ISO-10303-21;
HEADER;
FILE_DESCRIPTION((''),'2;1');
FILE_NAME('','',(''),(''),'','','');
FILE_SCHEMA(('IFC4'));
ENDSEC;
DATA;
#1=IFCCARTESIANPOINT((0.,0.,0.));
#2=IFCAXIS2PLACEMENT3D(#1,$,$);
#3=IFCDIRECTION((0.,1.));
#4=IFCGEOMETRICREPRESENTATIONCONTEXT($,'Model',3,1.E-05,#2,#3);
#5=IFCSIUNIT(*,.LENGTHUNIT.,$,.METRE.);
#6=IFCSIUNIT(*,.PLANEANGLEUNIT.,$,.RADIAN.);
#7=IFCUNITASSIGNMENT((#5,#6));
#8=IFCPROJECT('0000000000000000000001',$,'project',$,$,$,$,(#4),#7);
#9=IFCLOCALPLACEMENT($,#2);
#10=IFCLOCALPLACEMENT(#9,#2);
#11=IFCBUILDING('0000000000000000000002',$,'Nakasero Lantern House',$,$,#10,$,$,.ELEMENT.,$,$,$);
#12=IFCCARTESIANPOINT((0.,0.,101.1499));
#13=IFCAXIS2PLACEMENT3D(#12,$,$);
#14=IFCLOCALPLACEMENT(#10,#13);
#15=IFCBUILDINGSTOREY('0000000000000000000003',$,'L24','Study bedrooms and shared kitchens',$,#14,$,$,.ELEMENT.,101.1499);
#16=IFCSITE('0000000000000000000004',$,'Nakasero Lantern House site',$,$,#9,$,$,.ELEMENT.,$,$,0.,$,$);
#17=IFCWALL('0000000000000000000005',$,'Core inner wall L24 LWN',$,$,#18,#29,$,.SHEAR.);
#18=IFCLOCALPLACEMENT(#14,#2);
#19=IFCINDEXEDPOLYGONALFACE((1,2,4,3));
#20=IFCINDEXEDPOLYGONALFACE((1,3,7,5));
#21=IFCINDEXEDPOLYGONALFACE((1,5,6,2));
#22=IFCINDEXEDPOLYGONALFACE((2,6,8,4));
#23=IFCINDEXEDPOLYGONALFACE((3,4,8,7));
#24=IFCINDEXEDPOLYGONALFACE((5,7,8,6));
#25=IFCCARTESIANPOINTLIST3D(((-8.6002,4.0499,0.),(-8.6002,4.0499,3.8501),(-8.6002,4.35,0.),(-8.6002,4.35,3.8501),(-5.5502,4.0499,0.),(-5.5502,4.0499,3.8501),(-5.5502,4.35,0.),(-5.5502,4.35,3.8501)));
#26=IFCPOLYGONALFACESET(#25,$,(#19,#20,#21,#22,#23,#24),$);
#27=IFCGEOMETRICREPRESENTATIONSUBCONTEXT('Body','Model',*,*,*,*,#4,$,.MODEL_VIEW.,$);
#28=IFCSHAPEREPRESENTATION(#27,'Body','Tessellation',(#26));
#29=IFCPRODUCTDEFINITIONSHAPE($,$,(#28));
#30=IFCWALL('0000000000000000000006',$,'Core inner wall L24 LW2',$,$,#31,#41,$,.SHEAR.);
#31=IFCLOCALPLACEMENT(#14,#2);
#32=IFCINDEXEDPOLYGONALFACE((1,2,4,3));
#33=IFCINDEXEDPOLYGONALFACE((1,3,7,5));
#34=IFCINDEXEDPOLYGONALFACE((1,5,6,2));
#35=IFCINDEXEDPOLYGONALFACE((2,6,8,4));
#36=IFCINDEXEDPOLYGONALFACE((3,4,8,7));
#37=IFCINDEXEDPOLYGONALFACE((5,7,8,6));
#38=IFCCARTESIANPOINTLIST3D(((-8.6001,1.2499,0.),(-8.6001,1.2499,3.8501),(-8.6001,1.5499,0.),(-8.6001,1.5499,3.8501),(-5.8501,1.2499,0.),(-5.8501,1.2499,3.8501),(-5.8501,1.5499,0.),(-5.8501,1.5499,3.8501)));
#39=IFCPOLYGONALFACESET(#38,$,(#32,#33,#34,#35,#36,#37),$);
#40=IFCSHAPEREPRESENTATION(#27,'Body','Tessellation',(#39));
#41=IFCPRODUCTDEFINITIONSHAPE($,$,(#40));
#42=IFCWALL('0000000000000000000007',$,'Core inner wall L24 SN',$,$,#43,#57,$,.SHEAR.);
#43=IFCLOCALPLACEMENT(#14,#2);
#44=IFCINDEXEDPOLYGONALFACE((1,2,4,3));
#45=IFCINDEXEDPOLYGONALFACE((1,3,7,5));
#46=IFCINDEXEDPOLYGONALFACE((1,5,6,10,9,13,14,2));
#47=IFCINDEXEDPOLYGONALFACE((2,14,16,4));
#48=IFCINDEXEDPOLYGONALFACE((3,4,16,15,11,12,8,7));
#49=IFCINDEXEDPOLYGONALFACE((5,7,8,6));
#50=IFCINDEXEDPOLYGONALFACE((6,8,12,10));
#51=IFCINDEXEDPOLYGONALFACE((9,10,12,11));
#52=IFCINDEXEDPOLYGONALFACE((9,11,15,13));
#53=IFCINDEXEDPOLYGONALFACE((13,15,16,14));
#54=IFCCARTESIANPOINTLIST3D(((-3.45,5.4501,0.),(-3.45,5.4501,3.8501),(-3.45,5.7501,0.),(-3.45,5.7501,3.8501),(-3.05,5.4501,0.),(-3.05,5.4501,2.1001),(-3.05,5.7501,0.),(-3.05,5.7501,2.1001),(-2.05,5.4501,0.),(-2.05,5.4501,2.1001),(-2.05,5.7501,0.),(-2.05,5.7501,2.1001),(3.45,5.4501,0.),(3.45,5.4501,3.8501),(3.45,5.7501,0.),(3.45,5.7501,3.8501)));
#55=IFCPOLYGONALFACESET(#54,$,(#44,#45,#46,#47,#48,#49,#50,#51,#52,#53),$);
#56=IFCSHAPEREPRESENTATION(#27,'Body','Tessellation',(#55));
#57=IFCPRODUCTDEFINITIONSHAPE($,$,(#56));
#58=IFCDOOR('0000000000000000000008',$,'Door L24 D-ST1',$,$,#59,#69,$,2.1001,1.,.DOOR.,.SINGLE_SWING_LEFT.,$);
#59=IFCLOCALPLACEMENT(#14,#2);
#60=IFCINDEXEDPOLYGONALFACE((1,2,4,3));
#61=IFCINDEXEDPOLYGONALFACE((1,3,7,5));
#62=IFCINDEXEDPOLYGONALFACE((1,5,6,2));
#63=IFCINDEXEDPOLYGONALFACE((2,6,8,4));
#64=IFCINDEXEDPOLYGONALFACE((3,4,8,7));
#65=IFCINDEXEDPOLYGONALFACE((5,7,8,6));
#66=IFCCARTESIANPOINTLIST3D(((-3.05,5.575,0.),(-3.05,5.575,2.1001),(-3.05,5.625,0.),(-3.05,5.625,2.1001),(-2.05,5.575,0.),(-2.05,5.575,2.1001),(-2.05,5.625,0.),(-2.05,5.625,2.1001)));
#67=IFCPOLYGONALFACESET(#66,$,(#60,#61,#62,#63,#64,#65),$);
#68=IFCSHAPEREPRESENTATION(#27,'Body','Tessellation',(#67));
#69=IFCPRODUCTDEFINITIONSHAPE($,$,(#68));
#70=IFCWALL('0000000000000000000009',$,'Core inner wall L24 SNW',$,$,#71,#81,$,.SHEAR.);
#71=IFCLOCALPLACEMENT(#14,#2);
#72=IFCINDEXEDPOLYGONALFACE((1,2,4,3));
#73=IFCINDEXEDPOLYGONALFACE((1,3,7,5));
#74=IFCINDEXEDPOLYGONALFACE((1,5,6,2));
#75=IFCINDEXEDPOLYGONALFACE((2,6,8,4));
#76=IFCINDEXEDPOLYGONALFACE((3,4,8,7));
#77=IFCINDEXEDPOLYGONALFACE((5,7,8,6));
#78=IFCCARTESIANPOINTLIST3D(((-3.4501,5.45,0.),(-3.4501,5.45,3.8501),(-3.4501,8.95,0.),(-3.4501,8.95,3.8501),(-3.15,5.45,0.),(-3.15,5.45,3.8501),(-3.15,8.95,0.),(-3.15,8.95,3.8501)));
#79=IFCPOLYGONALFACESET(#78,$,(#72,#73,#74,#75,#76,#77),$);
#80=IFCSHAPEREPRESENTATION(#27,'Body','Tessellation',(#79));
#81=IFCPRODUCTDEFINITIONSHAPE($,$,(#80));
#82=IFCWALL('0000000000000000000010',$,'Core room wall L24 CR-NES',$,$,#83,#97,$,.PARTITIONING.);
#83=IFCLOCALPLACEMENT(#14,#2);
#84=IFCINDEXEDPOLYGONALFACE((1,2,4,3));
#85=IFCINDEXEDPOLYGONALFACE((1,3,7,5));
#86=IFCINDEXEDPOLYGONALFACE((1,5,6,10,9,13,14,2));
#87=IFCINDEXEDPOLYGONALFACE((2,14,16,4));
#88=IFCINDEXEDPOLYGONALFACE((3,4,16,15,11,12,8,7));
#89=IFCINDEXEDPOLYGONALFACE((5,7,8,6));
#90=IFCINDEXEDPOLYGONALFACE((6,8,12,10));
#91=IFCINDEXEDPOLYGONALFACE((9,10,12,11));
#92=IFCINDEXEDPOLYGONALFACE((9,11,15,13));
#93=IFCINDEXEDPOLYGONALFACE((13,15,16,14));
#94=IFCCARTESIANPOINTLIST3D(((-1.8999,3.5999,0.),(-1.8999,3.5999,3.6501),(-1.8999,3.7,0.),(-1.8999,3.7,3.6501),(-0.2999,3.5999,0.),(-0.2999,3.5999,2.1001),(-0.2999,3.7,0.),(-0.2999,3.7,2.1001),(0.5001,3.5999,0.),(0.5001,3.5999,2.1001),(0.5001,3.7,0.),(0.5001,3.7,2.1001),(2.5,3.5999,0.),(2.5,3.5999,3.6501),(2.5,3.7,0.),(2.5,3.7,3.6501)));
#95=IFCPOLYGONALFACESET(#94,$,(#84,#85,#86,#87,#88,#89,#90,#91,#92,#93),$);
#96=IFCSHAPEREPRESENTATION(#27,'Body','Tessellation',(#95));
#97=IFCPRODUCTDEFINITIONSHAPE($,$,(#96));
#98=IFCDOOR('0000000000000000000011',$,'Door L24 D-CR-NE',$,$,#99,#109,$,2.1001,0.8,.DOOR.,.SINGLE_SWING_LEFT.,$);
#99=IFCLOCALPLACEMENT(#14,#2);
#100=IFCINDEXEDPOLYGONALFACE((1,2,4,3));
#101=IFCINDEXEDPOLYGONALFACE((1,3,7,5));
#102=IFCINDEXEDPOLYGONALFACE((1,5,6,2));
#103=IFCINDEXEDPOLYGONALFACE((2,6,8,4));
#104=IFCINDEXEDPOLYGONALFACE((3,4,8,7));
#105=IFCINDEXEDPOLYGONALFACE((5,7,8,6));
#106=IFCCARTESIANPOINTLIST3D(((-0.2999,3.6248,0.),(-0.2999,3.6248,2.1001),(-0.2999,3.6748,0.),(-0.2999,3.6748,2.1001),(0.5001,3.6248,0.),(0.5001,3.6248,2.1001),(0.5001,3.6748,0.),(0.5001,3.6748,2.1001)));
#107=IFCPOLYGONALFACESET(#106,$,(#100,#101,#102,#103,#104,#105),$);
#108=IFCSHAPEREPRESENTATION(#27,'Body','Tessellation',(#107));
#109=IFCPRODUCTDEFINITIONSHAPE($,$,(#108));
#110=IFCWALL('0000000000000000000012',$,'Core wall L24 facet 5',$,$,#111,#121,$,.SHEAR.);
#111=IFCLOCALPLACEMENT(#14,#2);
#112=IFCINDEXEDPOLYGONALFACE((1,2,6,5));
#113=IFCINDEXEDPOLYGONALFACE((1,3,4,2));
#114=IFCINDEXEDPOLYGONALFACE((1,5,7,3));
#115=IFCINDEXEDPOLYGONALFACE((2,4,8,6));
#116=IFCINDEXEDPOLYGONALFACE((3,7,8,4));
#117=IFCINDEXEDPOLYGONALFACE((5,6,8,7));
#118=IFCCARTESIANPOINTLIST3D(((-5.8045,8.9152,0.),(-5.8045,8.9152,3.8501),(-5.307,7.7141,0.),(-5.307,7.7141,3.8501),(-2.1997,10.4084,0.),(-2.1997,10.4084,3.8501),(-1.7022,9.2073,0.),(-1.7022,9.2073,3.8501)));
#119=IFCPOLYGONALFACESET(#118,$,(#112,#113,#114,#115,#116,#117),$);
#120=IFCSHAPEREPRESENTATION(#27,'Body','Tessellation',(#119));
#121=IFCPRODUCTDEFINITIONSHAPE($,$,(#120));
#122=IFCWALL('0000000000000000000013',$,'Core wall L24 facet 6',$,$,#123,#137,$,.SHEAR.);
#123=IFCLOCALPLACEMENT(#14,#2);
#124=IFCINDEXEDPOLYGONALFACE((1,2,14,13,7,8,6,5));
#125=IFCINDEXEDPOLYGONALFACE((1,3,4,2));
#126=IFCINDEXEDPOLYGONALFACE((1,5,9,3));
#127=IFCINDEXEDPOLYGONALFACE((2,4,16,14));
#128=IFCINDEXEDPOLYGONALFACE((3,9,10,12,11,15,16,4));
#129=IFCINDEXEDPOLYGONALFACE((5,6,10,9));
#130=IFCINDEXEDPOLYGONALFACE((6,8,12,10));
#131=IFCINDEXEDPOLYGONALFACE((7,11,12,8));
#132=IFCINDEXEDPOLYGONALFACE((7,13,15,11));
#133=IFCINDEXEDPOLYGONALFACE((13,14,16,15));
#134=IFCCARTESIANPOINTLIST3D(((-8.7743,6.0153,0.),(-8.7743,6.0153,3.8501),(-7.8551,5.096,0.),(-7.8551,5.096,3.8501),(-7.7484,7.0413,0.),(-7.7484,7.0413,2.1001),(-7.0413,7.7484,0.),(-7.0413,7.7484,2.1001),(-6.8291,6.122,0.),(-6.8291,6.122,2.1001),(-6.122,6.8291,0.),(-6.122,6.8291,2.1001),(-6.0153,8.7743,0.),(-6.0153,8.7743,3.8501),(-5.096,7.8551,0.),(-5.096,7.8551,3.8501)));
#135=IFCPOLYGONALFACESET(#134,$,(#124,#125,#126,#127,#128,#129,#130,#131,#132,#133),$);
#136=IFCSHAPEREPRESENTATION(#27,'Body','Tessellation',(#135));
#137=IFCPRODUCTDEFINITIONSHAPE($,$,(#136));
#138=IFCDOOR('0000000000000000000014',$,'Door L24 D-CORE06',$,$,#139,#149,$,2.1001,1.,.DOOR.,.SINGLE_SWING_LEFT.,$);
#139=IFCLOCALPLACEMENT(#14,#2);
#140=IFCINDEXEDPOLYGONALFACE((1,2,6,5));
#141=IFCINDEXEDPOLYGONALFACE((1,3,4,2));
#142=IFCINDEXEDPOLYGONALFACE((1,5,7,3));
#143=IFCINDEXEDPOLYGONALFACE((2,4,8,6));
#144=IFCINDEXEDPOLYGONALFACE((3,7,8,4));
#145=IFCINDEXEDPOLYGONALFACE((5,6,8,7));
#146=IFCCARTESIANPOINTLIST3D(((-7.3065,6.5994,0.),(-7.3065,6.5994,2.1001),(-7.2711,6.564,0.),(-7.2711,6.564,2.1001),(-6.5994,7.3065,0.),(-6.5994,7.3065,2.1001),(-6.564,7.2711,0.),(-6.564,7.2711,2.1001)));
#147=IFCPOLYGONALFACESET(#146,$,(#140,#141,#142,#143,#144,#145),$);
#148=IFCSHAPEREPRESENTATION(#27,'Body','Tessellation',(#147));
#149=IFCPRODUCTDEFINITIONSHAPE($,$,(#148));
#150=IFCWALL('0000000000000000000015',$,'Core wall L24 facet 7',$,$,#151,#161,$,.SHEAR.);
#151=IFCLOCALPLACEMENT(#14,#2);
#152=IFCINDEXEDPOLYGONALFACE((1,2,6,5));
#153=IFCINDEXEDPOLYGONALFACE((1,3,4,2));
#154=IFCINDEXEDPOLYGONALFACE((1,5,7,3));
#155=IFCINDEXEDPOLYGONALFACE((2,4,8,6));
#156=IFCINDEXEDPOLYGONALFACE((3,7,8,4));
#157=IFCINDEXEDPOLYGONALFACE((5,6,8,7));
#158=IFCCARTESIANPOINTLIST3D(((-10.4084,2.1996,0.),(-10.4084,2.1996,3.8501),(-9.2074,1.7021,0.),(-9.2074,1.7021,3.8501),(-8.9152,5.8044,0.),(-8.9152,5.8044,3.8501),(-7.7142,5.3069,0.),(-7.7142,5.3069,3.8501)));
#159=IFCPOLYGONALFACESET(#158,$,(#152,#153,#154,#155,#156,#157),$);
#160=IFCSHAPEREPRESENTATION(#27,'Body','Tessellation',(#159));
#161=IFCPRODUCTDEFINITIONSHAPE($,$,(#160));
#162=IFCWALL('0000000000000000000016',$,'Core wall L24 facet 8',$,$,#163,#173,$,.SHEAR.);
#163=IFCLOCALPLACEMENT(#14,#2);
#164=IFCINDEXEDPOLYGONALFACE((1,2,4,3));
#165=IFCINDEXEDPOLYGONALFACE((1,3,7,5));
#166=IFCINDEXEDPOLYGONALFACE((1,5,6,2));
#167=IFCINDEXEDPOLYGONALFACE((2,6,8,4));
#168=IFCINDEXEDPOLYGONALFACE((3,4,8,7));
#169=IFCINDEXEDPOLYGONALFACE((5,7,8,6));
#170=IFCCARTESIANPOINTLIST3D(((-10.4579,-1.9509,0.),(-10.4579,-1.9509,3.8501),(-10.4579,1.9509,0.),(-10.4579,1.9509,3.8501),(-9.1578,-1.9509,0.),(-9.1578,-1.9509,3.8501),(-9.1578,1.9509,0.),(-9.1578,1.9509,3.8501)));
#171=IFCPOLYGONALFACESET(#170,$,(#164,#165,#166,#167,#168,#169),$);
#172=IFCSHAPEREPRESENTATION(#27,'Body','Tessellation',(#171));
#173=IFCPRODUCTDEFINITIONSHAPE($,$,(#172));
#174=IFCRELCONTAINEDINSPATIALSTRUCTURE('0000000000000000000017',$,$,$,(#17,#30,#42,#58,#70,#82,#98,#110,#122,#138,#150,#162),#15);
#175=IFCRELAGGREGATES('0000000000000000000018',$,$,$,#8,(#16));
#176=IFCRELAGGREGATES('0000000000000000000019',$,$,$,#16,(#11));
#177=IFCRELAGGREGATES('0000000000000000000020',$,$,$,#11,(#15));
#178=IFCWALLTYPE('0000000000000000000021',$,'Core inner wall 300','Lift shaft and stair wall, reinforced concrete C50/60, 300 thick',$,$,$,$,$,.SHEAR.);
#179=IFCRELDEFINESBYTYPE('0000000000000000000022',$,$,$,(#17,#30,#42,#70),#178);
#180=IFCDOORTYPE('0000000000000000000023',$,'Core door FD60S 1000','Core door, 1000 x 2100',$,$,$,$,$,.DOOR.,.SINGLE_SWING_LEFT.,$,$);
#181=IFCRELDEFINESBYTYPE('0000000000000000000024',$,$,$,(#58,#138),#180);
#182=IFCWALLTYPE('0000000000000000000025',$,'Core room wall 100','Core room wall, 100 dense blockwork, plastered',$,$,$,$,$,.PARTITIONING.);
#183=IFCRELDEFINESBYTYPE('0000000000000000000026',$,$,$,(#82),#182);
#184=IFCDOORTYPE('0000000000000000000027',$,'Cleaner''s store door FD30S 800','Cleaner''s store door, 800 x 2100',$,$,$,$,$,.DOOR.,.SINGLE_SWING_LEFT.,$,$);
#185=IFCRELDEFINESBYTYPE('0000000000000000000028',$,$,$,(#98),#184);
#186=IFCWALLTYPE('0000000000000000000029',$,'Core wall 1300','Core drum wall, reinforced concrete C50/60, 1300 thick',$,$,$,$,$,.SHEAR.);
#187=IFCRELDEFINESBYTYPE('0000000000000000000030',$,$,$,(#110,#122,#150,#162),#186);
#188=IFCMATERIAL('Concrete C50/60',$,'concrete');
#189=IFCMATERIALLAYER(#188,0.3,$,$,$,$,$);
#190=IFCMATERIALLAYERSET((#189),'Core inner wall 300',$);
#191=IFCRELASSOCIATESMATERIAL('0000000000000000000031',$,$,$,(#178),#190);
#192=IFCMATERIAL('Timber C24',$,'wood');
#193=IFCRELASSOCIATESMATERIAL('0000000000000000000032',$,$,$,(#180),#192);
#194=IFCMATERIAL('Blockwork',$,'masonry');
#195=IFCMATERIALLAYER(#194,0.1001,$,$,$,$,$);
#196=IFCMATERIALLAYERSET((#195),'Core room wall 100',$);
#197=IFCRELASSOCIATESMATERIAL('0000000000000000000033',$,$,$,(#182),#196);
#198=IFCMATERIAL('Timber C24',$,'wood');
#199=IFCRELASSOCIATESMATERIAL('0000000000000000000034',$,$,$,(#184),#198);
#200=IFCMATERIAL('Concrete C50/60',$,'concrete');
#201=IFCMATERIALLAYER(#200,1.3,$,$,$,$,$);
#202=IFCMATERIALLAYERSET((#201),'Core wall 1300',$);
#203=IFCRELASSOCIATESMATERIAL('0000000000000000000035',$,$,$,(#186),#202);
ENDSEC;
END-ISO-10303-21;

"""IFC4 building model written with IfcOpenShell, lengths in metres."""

from ifc_helpers import new_model, si_unit, direction, frame, frame_2d, origin, place, context, subcontext, project, spatial, rectangle, extrude, material, layer, layer_set, type_object, element, fill, save


model = new_model("IFC4")

# Units and contexts
model_context = context("Model", 3, precision=1e-05, world=origin(), true_north=direction((0.0, 1.0)))
body_context = subcontext(model_context, "Body", "Model", "MODEL_VIEW")
ifc_project = project(units=[si_unit("LENGTHUNIT", "METRE"), si_unit("PLANEANGLEUNIT", "RADIAN")], contexts=[model_context])

# Site, building, storey
site_placement = place(None, origin())
site = spatial("IfcSite", under=ifc_project, at=site_placement, Name="Nakasero Lantern House site", CompositionType="ELEMENT", RefElevation=0.0)
building_placement = place(site_placement, origin())
building = spatial("IfcBuilding", under=site, at=building_placement, Name="Nakasero Lantern House", CompositionType="ELEMENT")
storey_placement = place(building_placement, frame((0.0, 0.0, 101.1499)))
storey = spatial("IfcBuildingStorey", under=building, at=storey_placement, Name="L24", Description="Study bedrooms and shared kitchens", CompositionType="ELEMENT", Elevation=101.1499)

# Walls
ifc_material_1 = material(Name="Concrete C50/60", Category="concrete")
ifc_layer_1 = layer(ifc_material_1, 0.3)
ifc_layer_set_1 = layer_set([ifc_layer_1], Name="Core inner wall 300")
wall_type_1 = type_object("IfcWallType", Name="Core inner wall 300", Description="Lift shaft and stair wall, reinforced concrete C50/60, 300 thick", PredefinedType="SHEAR", material=ifc_layer_set_1)
wall_1_placement = place(storey_placement, frame((-8.6001, 4.2, 0.0), z_axis=(0.0, 0.0, 1.0), x_axis=(1.0, 0.0, 0.0)))
element("IfcWall", 1, at=wall_1_placement, inside=storey, type_object=wall_type_1, Name="Core inner wall L24 LWN", PredefinedType="SHEAR", context=body_context, shape_type="SweptSolid", body=[
    extrude(rectangle(XDim=3.05, YDim=0.3, at=frame_2d((1.5249, 0.0))), origin(), (0.0, 0.0, 1.0), 3.8501),
])
wall_2_placement = place(storey_placement, frame((-8.6001, 1.3999, 0.0), z_axis=(0.0, 0.0, 1.0), x_axis=(1.0, 0.0, 0.0)))
element("IfcWall", 2, at=wall_2_placement, inside=storey, type_object=wall_type_1, Name="Core inner wall L24 LW2", PredefinedType="SHEAR", context=body_context, shape_type="SweptSolid", body=[
    extrude(rectangle(XDim=2.75, YDim=0.3, at=frame_2d((1.375, 0.0))), origin(), (0.0, 0.0, 1.0), 3.8501),
])

# Wall, opening, door
wall_3_placement = place(storey_placement, frame((-3.45, 5.6001, 0.0), z_axis=(0.0, 0.0, 1.0), x_axis=(1.0, 0.0, 0.0)))
wall_3 = element("IfcWall", 3, at=wall_3_placement, inside=storey, type_object=wall_type_1, Name="Core inner wall L24 SN", PredefinedType="SHEAR", context=body_context, shape_type="SweptSolid", body=[
    extrude(rectangle(XDim=6.8999, YDim=0.3, at=frame_2d((3.45, 0.0))), origin(), (0.0, 0.0, 1.0), 3.8501),
])
opening_1_placement = place(wall_3_placement, frame((0.3999, 0.0, 0.0)))
opening_1 = element("IfcOpeningElement", 4, at=opening_1_placement, cuts=wall_3, PredefinedType="OPENING", context=body_context, shape_type="SweptSolid", body=[
    extrude(rectangle(XDim=1.0, YDim=2.1001, at=frame_2d((0.5, 1.05))), frame((0.0, 0.1699, 0.0), z_axis=(0.0, -1.0, 0.0), x_axis=(1.0, 0.0, 0.0)), (0.0, 0.0, 1.0), 0.3401),
])
ifc_material_2 = material(Name="Timber C24", Category="wood")
door_type_1 = type_object("IfcDoorType", Name="Core door FD60S 1000", Description="Core door, 1000 x 2100", OperationType="SINGLE_SWING_LEFT", PredefinedType="DOOR", material=ifc_material_2)
door_1_placement = place(opening_1_placement, origin())
door_1 = element("IfcDoor", 5, at=door_1_placement, inside=storey, type_object=door_type_1, Name="Door L24 D-ST1", OperationType="SINGLE_SWING_LEFT", OverallHeight=2.1001, OverallWidth=1.0, PredefinedType="DOOR", context=body_context, shape_type="SweptSolid", body=[
    extrude(rectangle(XDim=1.0, YDim=2.1001, at=frame_2d((0.5, 1.05))), frame((0.0, 0.0249, 0.0), z_axis=(0.0, -1.0, 0.0), x_axis=(1.0, 0.0, 0.0)), (0.0, 0.0, 1.0), 0.05),
])
fill(opening_1, door_1)

# Wall
wall_4_placement = place(storey_placement, frame((-3.3, 5.45, 0.0), z_axis=(0.0, 0.0, 1.0), x_axis=(0.0, 1.0, 0.0)))
element("IfcWall", 6, at=wall_4_placement, inside=storey, type_object=wall_type_1, Name="Core inner wall L24 SNW", PredefinedType="SHEAR", context=body_context, shape_type="SweptSolid", body=[
    extrude(rectangle(XDim=3.5, YDim=0.3, at=frame_2d((1.75, 0.0))), origin(), (0.0, 0.0, 1.0), 3.8501),
])

# Wall, opening, door
ifc_material_3 = material(Name="Blockwork", Category="masonry")
ifc_layer_2 = layer(ifc_material_3, 0.1001)
ifc_layer_set_2 = layer_set([ifc_layer_2], Name="Core room wall 100")
wall_type_2 = type_object("IfcWallType", Name="Core room wall 100", Description="Core room wall, 100 dense blockwork, plastered", PredefinedType="PARTITIONING", material=ifc_layer_set_2)
wall_5_placement = place(storey_placement, frame((-1.8999, 3.6499, 0.0), z_axis=(0.0, 0.0, 1.0), x_axis=(1.0, 0.0, 0.0)))
wall_5 = element("IfcWall", 7, at=wall_5_placement, inside=storey, type_object=wall_type_2, Name="Core room wall L24 CR-NES", PredefinedType="PARTITIONING", context=body_context, shape_type="SweptSolid", body=[
    extrude(rectangle(XDim=4.3999, YDim=0.1001, at=frame_2d((2.2, 0.0))), origin(), (0.0, 0.0, 1.0), 3.6501),
])
opening_2_placement = place(wall_5_placement, frame((1.6001, 0.0, 0.0)))
opening_2 = element("IfcOpeningElement", 8, at=opening_2_placement, cuts=wall_5, PredefinedType="OPENING", context=body_context, shape_type="SweptSolid", body=[
    extrude(rectangle(XDim=0.8, YDim=2.1001, at=frame_2d((0.3999, 1.05))), frame((0.0, 0.0701, 0.0), z_axis=(0.0, -1.0, 0.0), x_axis=(1.0, 0.0, 0.0)), (0.0, 0.0, 1.0), 0.1401),
])
ifc_material_4 = material(Name="Timber C24", Category="wood")
door_type_2 = type_object("IfcDoorType", Name="Cleaner's store door FD30S 800", Description="Cleaner's store door, 800 x 2100", OperationType="SINGLE_SWING_LEFT", PredefinedType="DOOR", material=ifc_material_4)
door_2_placement = place(opening_2_placement, origin())
door_2 = element("IfcDoor", 9, at=door_2_placement, inside=storey, type_object=door_type_2, Name="Door L24 D-CR-NE", OperationType="SINGLE_SWING_LEFT", OverallHeight=2.1001, OverallWidth=0.8, PredefinedType="DOOR", context=body_context, shape_type="SweptSolid", body=[
    extrude(rectangle(XDim=0.8, YDim=2.1001, at=frame_2d((0.3999, 1.05))), frame((0.0, 0.0249, 0.0), z_axis=(0.0, -1.0, 0.0), x_axis=(1.0, 0.0, 0.0)), (0.0, 0.0, 1.0), 0.05),
])
fill(opening_2, door_2)

# Wall
ifc_material_5 = material(Name="Concrete C50/60", Category="concrete")
ifc_layer_3 = layer(ifc_material_5, 1.3)
ifc_layer_set_3 = layer_set([ifc_layer_3], Name="Core wall 1300")
wall_type_3 = type_object("IfcWallType", Name="Core wall 1300", Description="Core drum wall, reinforced concrete C50/60, 1300 thick", PredefinedType="SHEAR", material=ifc_layer_set_3)
wall_6_placement = place(storey_placement, frame((-1.9509, 9.8079, 0.0), z_axis=(0.0, 0.0, 1.0), x_axis=(-0.923877, -0.382691, 0.0)))
element("IfcWall", 10, at=wall_6_placement, inside=storey, type_object=wall_type_3, Name="Core wall L24 facet 5", PredefinedType="SHEAR", context=body_context, shape_type="SweptSolid", body=[
    extrude(rectangle(XDim=3.9019, YDim=1.3, at=frame_2d((1.9509, 0.0))), origin(), (0.0, 0.0, 1.0), 3.8501),
])

# Wall, opening, door
wall_7_placement = place(storey_placement, frame((-5.5557, 8.3147, 0.0), z_axis=(0.0, 0.0, 1.0), x_axis=(-0.707107, -0.707107, 0.0)))
wall_7 = element("IfcWall", 11, at=wall_7_placement, inside=storey, type_object=wall_type_3, Name="Core wall L24 facet 6", PredefinedType="SHEAR", context=body_context, shape_type="SweptSolid", body=[
    extrude(rectangle(XDim=3.9019, YDim=1.3, at=frame_2d((1.9509, 0.0))), origin(), (0.0, 0.0, 1.0), 3.8501),
])
opening_3_placement = place(wall_7_placement, frame((1.4509, 0.0, 0.0)))
opening_3 = element("IfcOpeningElement", 12, at=opening_3_placement, cuts=wall_7, PredefinedType="OPENING", context=body_context, shape_type="SweptSolid", body=[
    extrude(rectangle(XDim=1.0, YDim=2.1001, at=frame_2d((0.5, 1.05))), frame((0.0, 0.6699, 0.0), z_axis=(0.0, -1.0, 0.0), x_axis=(1.0, 0.0, 0.0)), (0.0, 0.0, 1.0), 1.3401),
])
door_3_placement = place(opening_3_placement, origin())
door_3 = element("IfcDoor", 13, at=door_3_placement, inside=storey, type_object=door_type_1, Name="Door L24 D-CORE06", OperationType="SINGLE_SWING_LEFT", OverallHeight=2.1001, OverallWidth=1.0, PredefinedType="DOOR", context=body_context, shape_type="SweptSolid", body=[
    extrude(rectangle(XDim=1.0, YDim=2.1001, at=frame_2d((0.5, 1.05))), frame((0.0, 0.0249, 0.0), z_axis=(0.0, -1.0, 0.0), x_axis=(1.0, 0.0, 0.0)), (0.0, 0.0, 1.0), 0.05),
])
fill(opening_3, door_3)

# Walls
for number, where, z_axis, x_axis, name in (
    (14, (-8.3147, 5.5557, 0.0), (0.0, 0.0, 1.0), (-0.382691, -0.923877, 0.0), "Core wall L24 facet 7"),
    (15, (-9.8079, 1.9509, 0.0), (0.0, 0.0, 1.0), (0.0, -1.0, 0.0), "Core wall L24 facet 8"),
):
    element("IfcWall", number, at=place(storey_placement, frame(where, z_axis=z_axis, x_axis=x_axis)), inside=storey, type_object=wall_type_3, Name=name, PredefinedType="SHEAR", context=body_context, shape_type="SweptSolid", body=[
        extrude(rectangle(XDim=3.9019, YDim=1.3, at=frame_2d((1.9509, 0.0))), origin(), (0.0, 0.0, 1.0), 3.8501),
    ])

save(model, "model.ifc")
